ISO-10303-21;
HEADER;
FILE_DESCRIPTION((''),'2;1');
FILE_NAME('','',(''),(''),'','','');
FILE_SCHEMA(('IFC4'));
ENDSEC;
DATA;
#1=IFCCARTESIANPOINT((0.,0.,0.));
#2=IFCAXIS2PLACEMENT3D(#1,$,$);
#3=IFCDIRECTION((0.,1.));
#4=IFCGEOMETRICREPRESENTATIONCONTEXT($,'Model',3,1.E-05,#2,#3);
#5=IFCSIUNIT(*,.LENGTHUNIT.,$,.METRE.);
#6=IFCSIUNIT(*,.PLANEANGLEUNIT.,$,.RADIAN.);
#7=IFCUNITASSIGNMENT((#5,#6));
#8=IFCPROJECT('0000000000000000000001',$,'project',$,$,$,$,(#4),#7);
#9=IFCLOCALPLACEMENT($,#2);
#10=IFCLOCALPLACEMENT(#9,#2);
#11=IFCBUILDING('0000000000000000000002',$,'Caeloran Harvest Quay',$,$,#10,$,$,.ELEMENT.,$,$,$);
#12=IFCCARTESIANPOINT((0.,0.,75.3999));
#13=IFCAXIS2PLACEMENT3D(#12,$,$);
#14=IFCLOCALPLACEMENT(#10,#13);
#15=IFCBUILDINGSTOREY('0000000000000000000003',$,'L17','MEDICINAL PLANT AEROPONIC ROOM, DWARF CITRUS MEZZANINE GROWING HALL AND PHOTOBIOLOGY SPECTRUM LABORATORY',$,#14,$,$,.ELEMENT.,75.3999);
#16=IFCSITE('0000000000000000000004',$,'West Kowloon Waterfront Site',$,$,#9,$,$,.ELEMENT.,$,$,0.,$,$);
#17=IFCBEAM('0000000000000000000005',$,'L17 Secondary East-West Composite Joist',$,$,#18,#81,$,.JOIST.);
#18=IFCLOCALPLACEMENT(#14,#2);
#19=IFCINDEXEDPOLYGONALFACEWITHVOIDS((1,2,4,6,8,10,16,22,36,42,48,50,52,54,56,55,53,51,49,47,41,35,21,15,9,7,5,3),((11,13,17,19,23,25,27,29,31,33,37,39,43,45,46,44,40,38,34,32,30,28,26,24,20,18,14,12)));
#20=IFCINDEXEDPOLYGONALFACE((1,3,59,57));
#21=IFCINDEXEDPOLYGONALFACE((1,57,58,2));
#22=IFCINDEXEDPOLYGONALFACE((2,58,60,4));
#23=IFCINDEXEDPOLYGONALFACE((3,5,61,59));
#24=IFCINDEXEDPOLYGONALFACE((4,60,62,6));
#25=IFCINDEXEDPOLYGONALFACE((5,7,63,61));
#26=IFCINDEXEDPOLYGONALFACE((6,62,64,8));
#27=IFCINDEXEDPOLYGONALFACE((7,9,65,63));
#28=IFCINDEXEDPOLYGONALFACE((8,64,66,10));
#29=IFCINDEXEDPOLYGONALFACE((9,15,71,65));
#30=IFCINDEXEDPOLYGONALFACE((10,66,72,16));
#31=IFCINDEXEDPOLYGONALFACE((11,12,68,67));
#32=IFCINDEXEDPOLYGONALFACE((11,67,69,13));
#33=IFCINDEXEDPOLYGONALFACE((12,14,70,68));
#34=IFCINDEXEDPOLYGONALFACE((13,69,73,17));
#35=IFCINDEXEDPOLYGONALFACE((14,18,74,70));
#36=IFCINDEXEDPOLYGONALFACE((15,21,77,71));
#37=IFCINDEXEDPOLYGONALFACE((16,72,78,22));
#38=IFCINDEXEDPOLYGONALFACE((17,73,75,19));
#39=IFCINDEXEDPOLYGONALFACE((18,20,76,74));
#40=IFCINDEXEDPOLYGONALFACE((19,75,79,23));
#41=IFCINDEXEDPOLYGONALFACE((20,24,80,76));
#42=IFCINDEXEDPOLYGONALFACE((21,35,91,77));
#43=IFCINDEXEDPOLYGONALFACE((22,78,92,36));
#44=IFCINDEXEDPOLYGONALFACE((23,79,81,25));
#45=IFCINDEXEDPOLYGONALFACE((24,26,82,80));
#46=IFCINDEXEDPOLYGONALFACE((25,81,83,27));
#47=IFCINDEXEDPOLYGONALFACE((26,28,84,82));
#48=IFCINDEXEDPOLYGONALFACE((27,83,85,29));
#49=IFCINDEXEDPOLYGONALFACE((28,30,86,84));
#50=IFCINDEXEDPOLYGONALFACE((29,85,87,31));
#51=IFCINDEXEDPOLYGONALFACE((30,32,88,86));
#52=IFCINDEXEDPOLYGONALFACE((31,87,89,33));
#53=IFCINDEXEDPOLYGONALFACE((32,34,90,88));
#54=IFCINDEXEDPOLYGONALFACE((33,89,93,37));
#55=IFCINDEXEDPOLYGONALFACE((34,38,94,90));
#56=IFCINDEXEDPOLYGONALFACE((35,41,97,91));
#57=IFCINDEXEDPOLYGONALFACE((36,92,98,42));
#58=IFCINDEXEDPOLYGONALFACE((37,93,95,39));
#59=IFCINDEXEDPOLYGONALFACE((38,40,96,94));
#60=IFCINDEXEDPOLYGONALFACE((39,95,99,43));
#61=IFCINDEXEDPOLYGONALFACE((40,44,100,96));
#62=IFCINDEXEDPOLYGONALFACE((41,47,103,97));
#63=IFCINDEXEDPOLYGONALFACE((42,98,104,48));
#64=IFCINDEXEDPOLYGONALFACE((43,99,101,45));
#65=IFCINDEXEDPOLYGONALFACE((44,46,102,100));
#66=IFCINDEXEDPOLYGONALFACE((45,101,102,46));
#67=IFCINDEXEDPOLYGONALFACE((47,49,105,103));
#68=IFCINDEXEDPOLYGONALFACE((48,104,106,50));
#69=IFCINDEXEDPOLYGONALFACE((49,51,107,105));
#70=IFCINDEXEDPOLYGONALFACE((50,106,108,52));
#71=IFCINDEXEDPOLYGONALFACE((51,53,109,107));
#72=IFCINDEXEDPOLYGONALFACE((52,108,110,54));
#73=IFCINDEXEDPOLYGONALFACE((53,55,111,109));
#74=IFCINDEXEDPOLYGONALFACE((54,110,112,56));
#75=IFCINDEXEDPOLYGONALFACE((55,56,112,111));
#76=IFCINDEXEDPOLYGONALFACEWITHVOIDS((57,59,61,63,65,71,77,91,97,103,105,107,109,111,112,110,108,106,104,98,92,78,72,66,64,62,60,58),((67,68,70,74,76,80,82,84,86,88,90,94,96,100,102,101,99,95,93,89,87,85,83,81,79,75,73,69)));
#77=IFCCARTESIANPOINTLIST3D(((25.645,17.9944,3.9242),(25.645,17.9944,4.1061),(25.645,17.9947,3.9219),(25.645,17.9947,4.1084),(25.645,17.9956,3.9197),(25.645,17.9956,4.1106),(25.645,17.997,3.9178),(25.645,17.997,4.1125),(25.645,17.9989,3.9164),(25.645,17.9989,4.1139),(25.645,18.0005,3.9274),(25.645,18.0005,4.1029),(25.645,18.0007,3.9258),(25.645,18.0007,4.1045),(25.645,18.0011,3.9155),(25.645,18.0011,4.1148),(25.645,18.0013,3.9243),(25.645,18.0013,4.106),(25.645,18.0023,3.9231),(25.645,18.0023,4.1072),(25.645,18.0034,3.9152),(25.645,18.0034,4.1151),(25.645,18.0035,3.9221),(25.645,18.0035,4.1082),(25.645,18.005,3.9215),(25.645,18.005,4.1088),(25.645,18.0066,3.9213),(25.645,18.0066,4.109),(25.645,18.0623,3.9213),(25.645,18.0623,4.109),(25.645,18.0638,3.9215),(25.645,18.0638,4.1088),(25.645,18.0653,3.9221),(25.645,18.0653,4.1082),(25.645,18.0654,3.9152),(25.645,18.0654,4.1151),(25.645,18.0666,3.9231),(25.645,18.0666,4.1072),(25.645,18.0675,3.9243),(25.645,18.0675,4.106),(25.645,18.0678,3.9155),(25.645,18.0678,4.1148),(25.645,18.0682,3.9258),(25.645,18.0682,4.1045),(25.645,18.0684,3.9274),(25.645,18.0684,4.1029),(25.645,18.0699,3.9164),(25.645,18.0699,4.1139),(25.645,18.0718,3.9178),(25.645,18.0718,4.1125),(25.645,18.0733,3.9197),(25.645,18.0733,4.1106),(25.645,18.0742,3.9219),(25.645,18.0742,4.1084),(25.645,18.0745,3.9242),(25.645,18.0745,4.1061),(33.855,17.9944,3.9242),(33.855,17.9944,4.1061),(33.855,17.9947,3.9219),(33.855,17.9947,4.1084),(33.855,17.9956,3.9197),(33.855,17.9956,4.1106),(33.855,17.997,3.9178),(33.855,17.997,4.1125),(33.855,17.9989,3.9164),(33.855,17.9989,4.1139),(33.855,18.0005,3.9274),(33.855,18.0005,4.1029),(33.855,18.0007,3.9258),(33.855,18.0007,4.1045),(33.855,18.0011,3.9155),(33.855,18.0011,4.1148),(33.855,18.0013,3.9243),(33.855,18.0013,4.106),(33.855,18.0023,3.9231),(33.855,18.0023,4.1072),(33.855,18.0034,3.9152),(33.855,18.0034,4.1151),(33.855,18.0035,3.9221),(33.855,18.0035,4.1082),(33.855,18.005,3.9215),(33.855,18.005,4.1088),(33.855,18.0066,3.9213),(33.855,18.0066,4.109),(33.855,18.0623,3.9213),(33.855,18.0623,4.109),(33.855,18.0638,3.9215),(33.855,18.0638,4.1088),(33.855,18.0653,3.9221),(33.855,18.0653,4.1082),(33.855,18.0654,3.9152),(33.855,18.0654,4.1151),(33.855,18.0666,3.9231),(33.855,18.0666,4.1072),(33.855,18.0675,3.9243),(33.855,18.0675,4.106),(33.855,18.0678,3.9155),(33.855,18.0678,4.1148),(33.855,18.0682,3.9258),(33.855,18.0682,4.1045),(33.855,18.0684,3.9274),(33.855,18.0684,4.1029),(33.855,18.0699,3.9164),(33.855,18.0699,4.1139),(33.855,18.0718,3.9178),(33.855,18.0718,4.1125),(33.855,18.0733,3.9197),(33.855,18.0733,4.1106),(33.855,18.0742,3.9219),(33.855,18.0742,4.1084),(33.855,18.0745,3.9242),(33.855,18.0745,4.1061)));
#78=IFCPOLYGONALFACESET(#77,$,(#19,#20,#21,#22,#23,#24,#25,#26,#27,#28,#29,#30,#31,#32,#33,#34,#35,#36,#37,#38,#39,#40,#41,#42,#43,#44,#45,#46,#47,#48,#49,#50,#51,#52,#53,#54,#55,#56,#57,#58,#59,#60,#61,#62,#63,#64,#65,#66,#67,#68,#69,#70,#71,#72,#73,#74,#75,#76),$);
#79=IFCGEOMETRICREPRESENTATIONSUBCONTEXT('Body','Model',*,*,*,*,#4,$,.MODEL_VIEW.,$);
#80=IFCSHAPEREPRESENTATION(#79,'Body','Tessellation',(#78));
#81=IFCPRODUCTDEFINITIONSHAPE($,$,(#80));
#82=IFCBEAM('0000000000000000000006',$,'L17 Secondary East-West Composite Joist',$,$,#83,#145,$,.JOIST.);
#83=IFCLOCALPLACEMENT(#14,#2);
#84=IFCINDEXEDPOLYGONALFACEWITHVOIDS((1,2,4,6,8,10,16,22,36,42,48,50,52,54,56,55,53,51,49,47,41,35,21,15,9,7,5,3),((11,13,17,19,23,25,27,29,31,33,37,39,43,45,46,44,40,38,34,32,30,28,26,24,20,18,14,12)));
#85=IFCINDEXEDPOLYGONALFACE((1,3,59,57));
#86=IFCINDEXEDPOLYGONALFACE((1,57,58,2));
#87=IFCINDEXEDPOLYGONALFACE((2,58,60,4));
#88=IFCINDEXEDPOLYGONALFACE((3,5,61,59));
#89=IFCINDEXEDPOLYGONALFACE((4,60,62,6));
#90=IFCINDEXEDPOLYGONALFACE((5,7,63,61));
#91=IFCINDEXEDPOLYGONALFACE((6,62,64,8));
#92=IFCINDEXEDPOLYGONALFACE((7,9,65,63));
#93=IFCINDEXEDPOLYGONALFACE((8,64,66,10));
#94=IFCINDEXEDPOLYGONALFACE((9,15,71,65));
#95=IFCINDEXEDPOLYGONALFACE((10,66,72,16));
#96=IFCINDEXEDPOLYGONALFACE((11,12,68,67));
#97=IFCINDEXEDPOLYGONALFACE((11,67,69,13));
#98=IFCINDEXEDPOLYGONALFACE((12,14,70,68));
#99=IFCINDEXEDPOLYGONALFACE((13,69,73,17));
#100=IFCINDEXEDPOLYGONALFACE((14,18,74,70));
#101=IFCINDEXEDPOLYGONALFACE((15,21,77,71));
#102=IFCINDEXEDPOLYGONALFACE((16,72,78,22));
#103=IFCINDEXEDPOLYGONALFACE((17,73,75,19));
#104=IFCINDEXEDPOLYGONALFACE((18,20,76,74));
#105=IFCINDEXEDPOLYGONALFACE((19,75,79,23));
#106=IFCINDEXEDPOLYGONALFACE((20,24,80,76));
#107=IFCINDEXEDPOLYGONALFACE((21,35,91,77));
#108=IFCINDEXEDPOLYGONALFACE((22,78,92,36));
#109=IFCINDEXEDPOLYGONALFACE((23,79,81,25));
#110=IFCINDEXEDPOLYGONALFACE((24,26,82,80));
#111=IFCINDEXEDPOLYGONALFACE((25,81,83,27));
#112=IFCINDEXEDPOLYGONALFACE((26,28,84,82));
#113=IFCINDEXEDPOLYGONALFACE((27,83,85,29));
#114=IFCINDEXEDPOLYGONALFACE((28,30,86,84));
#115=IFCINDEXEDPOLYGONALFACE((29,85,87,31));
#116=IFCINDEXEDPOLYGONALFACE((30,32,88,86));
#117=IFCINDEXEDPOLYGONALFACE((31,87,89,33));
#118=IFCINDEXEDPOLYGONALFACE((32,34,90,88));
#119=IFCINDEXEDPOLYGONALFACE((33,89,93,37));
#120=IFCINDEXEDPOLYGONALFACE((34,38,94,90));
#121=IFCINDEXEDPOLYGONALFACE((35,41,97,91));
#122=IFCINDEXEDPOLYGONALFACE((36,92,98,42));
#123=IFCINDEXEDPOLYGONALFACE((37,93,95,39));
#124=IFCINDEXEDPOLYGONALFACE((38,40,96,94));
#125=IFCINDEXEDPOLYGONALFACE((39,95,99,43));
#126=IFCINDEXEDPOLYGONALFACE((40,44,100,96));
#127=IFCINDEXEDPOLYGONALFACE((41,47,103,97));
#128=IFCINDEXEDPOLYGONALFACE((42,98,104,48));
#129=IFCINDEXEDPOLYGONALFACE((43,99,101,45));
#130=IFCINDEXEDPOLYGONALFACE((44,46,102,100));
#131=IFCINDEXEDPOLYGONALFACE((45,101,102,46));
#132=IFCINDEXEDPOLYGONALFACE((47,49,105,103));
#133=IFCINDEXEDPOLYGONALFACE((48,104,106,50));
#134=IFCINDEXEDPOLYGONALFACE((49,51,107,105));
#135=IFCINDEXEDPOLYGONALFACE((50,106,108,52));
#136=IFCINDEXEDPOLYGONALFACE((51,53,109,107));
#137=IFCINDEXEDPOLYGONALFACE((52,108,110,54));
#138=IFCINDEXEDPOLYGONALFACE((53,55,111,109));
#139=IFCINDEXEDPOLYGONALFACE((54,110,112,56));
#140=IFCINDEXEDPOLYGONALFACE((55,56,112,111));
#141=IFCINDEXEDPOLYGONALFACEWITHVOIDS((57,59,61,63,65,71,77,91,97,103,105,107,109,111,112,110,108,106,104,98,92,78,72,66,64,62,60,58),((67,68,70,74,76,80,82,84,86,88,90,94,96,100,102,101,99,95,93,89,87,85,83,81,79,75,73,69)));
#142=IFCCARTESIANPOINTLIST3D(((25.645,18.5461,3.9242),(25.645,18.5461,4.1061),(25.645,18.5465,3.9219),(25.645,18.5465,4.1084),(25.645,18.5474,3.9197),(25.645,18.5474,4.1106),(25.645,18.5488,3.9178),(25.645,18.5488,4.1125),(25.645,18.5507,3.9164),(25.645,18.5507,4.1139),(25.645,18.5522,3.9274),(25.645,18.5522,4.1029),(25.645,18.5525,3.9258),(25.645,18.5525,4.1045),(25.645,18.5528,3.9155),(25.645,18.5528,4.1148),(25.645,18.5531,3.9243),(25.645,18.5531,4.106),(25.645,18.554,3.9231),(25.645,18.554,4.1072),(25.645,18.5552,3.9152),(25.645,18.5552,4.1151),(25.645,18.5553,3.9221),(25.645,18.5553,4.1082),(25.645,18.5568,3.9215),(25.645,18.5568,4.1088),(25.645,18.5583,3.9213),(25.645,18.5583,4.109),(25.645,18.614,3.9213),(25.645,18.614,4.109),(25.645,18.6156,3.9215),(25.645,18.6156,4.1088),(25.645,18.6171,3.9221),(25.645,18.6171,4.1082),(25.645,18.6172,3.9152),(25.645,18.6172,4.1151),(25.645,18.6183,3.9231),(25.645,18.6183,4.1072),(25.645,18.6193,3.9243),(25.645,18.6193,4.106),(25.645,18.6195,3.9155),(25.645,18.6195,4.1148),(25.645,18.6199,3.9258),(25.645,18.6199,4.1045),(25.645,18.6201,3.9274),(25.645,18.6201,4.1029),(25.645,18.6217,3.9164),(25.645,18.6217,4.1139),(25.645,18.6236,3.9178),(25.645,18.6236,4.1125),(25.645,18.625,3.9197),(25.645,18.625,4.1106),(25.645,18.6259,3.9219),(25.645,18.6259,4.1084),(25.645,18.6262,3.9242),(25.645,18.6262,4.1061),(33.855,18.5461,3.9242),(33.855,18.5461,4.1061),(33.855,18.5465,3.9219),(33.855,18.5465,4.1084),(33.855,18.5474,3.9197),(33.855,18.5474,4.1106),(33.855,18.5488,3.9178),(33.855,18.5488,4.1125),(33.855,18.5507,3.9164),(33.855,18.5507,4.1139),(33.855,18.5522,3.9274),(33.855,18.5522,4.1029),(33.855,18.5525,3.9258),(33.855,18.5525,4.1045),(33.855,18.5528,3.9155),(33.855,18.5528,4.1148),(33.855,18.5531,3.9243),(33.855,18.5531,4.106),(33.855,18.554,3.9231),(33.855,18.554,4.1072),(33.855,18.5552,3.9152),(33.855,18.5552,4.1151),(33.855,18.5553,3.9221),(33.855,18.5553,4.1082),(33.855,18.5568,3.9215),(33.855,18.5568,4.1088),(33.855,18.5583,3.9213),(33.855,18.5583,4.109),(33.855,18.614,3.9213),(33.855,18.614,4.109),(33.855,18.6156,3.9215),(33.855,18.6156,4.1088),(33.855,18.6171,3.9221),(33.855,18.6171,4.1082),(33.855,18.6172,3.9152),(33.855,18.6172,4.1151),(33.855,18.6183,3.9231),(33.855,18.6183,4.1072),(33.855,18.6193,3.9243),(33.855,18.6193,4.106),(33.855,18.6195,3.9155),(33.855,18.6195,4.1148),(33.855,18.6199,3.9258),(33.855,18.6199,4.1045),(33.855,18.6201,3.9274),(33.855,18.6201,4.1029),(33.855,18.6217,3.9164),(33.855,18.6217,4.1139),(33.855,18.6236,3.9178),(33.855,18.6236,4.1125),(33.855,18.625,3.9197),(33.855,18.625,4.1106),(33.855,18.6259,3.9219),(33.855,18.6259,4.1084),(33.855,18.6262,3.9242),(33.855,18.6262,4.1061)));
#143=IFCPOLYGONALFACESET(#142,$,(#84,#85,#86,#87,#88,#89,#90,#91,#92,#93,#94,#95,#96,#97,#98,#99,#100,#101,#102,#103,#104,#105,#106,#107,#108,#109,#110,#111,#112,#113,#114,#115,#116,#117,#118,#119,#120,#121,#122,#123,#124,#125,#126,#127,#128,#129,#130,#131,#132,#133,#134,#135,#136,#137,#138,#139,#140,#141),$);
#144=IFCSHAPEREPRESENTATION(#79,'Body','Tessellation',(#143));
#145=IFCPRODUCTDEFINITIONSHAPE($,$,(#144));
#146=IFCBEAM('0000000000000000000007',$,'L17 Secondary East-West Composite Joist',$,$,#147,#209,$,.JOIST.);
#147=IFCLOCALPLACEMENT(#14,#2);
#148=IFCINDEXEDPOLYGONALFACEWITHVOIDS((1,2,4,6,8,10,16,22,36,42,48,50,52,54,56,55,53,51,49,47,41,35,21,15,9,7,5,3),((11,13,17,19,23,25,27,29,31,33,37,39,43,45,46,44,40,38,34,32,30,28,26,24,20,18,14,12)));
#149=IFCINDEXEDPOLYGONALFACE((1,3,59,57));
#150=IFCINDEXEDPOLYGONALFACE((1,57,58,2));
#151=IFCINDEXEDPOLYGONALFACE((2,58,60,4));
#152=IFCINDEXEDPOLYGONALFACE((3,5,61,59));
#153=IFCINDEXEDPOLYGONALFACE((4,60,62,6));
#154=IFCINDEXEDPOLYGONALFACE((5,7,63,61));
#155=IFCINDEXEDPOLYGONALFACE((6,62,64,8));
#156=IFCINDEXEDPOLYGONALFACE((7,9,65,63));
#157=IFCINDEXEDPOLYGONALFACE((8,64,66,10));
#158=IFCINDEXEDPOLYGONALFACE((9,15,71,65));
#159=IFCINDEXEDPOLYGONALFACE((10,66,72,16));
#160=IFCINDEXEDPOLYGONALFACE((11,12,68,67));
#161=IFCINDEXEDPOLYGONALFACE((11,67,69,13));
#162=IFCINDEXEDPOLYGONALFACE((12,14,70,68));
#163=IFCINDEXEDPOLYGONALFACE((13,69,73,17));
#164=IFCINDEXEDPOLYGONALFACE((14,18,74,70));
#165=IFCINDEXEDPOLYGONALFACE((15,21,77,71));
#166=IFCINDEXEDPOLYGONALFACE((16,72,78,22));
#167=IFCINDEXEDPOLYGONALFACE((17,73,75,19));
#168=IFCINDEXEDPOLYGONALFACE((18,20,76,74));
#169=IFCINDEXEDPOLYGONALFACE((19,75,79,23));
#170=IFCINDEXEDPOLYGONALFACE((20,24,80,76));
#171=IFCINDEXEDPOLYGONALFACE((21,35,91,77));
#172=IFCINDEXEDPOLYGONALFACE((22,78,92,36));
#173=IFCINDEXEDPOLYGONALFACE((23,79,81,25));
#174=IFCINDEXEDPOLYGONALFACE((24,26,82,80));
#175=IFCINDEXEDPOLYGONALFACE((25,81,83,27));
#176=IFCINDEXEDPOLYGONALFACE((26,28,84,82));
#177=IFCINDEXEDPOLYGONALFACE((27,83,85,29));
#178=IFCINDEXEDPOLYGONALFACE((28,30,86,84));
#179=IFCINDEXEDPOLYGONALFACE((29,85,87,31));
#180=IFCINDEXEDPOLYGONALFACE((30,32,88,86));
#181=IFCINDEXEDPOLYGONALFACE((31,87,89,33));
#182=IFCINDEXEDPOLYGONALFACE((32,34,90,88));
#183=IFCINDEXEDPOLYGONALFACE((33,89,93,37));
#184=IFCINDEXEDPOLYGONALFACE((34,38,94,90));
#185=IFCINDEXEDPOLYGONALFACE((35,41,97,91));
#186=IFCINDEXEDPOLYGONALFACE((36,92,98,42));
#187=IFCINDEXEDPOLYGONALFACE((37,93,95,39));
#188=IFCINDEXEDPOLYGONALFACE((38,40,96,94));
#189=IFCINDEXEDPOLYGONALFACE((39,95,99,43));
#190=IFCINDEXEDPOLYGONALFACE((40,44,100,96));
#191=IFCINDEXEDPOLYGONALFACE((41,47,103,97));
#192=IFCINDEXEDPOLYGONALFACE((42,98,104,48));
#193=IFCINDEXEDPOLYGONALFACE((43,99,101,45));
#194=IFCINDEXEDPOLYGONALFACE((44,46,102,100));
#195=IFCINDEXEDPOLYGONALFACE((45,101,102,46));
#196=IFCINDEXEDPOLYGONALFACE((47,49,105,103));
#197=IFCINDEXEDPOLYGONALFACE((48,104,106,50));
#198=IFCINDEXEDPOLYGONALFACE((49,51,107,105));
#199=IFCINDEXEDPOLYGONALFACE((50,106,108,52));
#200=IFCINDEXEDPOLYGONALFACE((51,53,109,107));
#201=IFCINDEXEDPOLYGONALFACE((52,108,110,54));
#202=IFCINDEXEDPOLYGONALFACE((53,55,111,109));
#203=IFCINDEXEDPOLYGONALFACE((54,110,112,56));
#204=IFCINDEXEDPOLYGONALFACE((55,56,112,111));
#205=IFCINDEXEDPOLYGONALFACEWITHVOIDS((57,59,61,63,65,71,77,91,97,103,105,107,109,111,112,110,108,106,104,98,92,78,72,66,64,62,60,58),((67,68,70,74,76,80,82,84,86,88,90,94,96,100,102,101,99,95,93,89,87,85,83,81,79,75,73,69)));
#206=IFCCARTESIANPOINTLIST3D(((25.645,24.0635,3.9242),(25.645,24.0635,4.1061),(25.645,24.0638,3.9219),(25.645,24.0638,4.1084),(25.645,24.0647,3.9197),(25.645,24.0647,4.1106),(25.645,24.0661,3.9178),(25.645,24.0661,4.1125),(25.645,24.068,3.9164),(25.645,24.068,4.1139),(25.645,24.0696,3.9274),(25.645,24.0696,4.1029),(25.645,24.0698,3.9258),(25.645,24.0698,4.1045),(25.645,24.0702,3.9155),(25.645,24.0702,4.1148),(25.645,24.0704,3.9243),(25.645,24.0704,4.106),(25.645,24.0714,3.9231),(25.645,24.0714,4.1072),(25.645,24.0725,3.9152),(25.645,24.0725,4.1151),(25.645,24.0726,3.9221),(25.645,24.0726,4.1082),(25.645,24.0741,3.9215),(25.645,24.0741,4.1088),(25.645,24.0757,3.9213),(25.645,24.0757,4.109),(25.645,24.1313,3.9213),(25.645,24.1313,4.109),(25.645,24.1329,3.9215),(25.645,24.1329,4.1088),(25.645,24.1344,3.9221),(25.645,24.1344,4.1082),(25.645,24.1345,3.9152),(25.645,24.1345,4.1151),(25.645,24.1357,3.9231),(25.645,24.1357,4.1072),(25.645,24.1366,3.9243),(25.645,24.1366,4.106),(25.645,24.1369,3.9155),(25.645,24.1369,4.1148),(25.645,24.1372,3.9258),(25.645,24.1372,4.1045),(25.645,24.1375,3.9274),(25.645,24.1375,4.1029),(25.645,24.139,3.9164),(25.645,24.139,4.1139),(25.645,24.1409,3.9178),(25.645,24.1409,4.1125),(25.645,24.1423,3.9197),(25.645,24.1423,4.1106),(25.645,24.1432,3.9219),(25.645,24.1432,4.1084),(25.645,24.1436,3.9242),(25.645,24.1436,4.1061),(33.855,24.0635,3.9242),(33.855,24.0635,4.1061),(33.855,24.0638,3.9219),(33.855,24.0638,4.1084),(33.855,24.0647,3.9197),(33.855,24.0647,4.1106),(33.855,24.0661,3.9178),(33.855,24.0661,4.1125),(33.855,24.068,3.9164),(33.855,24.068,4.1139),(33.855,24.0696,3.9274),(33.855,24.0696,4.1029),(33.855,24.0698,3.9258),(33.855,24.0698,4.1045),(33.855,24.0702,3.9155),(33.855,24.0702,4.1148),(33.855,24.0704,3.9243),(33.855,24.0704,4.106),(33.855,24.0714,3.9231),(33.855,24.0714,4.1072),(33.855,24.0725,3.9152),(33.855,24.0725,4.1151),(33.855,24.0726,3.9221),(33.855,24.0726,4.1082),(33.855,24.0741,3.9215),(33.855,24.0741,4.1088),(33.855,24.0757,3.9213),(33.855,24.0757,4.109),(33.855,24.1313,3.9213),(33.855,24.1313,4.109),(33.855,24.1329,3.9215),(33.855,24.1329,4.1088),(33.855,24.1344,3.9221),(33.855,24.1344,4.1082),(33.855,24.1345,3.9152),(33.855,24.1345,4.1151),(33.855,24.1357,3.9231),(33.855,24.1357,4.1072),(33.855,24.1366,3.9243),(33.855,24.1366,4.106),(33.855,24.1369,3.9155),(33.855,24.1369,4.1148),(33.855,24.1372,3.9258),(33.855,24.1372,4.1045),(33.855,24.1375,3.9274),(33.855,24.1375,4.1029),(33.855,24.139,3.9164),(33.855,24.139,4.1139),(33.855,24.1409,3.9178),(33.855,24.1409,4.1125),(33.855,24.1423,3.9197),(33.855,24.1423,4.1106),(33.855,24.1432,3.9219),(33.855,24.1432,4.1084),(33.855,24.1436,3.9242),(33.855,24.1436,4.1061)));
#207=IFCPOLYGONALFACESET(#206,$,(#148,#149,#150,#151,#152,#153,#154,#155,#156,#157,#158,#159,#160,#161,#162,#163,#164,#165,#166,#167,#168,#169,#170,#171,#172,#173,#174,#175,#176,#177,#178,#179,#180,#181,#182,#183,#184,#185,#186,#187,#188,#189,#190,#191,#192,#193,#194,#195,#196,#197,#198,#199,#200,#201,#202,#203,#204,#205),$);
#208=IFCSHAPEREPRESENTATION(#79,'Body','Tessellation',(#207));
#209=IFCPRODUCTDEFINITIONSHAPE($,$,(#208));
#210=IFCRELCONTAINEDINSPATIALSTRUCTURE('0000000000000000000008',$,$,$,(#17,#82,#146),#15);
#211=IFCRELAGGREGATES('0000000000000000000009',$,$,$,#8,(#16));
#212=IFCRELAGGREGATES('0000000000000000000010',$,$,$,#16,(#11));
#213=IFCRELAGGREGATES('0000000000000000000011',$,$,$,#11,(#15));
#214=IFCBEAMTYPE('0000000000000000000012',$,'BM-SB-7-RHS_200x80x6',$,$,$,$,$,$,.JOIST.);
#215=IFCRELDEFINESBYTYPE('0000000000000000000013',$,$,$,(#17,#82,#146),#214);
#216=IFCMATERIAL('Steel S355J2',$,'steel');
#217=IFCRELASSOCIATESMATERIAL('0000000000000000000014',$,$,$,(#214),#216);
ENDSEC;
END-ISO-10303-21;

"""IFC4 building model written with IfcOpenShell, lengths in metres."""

from ifc_helpers import new_model, si_unit, direction, frame, origin, origin_2d, place, context, subcontext, project, spatial, hollow_rectangle, extrude, material, material_profile, profile_set, type_object, element, save


model = new_model("IFC4")

# Units and contexts
model_context = context("Model", 3, precision=1e-05, world=origin(), true_north=direction((0.0, 1.0)))
body_context = subcontext(model_context, "Body", "Model", "MODEL_VIEW")
ifc_project = project(units=[si_unit("LENGTHUNIT", "METRE"), si_unit("PLANEANGLEUNIT", "RADIAN")], contexts=[model_context])

# Site, building, storey
site_placement = place(None, origin())
site = spatial("IfcSite", under=ifc_project, at=site_placement, Name="West Kowloon Waterfront Site", CompositionType="ELEMENT", RefElevation=0.0)
building_placement = place(site_placement, origin())
building = spatial("IfcBuilding", under=site, at=building_placement, Name="Caeloran Harvest Quay", CompositionType="ELEMENT")
storey_placement = place(building_placement, frame((0.0, 0.0, 75.3999)))
storey = spatial("IfcBuildingStorey", under=building, at=storey_placement, Name="L17", Description="MEDICINAL PLANT AEROPONIC ROOM, DWARF CITRUS MEZZANINE GROWING HALL AND PHOTOBIOLOGY SPECTRUM LABORATORY", CompositionType="ELEMENT", Elevation=75.3999)

# Beams
ifc_material_1 = material(Name="Steel S355J2", Category="steel")
ifc_material_profile_1 = material_profile(ifc_material_1, hollow_rectangle(XDim=0.0801, YDim=0.2, WallThickness=0.0061, InnerFilletRadius=0.0061, OuterFilletRadius=0.009, at=origin_2d()), Name="RHS 200x80x6")
ifc_profile_set_1 = profile_set([ifc_material_profile_1], Name="Steel S355J2")
beam_type_1 = type_object("IfcBeamType", Name="BM-SB-7-RHS_200x80x6", PredefinedType="JOIST", material=ifc_profile_set_1)
for number, where, z_axis, x_axis, name in (
    (1, (25.645, 18.0344, 4.0151), (1.0, 0.0, 0.0), (0.0, 1.0, 0.0), "L17 Secondary East-West Composite Joist"),
    (2, (25.645, 18.5862, 4.0151), (1.0, 0.0, 0.0), (0.0, 1.0, 0.0), "L17 Secondary East-West Composite Joist"),
    (3, (25.645, 24.1035, 4.0151), (1.0, 0.0, 0.0), (0.0, 1.0, 0.0), "L17 Secondary East-West Composite Joist"),
):
    element("IfcBeam", number, at=place(storey_placement, frame(where, z_axis=z_axis, x_axis=x_axis)), inside=storey, type_object=beam_type_1, Name=name, PredefinedType="JOIST", context=body_context, shape_type="SweptSolid", body=[
        extrude(hollow_rectangle(XDim=0.0801, YDim=0.2, WallThickness=0.0061, InnerFilletRadius=0.0061, OuterFilletRadius=0.009, at=origin_2d()), origin(), (0.0, 0.0, 1.0), 8.21),
    ])

save(model, "model.ifc")
